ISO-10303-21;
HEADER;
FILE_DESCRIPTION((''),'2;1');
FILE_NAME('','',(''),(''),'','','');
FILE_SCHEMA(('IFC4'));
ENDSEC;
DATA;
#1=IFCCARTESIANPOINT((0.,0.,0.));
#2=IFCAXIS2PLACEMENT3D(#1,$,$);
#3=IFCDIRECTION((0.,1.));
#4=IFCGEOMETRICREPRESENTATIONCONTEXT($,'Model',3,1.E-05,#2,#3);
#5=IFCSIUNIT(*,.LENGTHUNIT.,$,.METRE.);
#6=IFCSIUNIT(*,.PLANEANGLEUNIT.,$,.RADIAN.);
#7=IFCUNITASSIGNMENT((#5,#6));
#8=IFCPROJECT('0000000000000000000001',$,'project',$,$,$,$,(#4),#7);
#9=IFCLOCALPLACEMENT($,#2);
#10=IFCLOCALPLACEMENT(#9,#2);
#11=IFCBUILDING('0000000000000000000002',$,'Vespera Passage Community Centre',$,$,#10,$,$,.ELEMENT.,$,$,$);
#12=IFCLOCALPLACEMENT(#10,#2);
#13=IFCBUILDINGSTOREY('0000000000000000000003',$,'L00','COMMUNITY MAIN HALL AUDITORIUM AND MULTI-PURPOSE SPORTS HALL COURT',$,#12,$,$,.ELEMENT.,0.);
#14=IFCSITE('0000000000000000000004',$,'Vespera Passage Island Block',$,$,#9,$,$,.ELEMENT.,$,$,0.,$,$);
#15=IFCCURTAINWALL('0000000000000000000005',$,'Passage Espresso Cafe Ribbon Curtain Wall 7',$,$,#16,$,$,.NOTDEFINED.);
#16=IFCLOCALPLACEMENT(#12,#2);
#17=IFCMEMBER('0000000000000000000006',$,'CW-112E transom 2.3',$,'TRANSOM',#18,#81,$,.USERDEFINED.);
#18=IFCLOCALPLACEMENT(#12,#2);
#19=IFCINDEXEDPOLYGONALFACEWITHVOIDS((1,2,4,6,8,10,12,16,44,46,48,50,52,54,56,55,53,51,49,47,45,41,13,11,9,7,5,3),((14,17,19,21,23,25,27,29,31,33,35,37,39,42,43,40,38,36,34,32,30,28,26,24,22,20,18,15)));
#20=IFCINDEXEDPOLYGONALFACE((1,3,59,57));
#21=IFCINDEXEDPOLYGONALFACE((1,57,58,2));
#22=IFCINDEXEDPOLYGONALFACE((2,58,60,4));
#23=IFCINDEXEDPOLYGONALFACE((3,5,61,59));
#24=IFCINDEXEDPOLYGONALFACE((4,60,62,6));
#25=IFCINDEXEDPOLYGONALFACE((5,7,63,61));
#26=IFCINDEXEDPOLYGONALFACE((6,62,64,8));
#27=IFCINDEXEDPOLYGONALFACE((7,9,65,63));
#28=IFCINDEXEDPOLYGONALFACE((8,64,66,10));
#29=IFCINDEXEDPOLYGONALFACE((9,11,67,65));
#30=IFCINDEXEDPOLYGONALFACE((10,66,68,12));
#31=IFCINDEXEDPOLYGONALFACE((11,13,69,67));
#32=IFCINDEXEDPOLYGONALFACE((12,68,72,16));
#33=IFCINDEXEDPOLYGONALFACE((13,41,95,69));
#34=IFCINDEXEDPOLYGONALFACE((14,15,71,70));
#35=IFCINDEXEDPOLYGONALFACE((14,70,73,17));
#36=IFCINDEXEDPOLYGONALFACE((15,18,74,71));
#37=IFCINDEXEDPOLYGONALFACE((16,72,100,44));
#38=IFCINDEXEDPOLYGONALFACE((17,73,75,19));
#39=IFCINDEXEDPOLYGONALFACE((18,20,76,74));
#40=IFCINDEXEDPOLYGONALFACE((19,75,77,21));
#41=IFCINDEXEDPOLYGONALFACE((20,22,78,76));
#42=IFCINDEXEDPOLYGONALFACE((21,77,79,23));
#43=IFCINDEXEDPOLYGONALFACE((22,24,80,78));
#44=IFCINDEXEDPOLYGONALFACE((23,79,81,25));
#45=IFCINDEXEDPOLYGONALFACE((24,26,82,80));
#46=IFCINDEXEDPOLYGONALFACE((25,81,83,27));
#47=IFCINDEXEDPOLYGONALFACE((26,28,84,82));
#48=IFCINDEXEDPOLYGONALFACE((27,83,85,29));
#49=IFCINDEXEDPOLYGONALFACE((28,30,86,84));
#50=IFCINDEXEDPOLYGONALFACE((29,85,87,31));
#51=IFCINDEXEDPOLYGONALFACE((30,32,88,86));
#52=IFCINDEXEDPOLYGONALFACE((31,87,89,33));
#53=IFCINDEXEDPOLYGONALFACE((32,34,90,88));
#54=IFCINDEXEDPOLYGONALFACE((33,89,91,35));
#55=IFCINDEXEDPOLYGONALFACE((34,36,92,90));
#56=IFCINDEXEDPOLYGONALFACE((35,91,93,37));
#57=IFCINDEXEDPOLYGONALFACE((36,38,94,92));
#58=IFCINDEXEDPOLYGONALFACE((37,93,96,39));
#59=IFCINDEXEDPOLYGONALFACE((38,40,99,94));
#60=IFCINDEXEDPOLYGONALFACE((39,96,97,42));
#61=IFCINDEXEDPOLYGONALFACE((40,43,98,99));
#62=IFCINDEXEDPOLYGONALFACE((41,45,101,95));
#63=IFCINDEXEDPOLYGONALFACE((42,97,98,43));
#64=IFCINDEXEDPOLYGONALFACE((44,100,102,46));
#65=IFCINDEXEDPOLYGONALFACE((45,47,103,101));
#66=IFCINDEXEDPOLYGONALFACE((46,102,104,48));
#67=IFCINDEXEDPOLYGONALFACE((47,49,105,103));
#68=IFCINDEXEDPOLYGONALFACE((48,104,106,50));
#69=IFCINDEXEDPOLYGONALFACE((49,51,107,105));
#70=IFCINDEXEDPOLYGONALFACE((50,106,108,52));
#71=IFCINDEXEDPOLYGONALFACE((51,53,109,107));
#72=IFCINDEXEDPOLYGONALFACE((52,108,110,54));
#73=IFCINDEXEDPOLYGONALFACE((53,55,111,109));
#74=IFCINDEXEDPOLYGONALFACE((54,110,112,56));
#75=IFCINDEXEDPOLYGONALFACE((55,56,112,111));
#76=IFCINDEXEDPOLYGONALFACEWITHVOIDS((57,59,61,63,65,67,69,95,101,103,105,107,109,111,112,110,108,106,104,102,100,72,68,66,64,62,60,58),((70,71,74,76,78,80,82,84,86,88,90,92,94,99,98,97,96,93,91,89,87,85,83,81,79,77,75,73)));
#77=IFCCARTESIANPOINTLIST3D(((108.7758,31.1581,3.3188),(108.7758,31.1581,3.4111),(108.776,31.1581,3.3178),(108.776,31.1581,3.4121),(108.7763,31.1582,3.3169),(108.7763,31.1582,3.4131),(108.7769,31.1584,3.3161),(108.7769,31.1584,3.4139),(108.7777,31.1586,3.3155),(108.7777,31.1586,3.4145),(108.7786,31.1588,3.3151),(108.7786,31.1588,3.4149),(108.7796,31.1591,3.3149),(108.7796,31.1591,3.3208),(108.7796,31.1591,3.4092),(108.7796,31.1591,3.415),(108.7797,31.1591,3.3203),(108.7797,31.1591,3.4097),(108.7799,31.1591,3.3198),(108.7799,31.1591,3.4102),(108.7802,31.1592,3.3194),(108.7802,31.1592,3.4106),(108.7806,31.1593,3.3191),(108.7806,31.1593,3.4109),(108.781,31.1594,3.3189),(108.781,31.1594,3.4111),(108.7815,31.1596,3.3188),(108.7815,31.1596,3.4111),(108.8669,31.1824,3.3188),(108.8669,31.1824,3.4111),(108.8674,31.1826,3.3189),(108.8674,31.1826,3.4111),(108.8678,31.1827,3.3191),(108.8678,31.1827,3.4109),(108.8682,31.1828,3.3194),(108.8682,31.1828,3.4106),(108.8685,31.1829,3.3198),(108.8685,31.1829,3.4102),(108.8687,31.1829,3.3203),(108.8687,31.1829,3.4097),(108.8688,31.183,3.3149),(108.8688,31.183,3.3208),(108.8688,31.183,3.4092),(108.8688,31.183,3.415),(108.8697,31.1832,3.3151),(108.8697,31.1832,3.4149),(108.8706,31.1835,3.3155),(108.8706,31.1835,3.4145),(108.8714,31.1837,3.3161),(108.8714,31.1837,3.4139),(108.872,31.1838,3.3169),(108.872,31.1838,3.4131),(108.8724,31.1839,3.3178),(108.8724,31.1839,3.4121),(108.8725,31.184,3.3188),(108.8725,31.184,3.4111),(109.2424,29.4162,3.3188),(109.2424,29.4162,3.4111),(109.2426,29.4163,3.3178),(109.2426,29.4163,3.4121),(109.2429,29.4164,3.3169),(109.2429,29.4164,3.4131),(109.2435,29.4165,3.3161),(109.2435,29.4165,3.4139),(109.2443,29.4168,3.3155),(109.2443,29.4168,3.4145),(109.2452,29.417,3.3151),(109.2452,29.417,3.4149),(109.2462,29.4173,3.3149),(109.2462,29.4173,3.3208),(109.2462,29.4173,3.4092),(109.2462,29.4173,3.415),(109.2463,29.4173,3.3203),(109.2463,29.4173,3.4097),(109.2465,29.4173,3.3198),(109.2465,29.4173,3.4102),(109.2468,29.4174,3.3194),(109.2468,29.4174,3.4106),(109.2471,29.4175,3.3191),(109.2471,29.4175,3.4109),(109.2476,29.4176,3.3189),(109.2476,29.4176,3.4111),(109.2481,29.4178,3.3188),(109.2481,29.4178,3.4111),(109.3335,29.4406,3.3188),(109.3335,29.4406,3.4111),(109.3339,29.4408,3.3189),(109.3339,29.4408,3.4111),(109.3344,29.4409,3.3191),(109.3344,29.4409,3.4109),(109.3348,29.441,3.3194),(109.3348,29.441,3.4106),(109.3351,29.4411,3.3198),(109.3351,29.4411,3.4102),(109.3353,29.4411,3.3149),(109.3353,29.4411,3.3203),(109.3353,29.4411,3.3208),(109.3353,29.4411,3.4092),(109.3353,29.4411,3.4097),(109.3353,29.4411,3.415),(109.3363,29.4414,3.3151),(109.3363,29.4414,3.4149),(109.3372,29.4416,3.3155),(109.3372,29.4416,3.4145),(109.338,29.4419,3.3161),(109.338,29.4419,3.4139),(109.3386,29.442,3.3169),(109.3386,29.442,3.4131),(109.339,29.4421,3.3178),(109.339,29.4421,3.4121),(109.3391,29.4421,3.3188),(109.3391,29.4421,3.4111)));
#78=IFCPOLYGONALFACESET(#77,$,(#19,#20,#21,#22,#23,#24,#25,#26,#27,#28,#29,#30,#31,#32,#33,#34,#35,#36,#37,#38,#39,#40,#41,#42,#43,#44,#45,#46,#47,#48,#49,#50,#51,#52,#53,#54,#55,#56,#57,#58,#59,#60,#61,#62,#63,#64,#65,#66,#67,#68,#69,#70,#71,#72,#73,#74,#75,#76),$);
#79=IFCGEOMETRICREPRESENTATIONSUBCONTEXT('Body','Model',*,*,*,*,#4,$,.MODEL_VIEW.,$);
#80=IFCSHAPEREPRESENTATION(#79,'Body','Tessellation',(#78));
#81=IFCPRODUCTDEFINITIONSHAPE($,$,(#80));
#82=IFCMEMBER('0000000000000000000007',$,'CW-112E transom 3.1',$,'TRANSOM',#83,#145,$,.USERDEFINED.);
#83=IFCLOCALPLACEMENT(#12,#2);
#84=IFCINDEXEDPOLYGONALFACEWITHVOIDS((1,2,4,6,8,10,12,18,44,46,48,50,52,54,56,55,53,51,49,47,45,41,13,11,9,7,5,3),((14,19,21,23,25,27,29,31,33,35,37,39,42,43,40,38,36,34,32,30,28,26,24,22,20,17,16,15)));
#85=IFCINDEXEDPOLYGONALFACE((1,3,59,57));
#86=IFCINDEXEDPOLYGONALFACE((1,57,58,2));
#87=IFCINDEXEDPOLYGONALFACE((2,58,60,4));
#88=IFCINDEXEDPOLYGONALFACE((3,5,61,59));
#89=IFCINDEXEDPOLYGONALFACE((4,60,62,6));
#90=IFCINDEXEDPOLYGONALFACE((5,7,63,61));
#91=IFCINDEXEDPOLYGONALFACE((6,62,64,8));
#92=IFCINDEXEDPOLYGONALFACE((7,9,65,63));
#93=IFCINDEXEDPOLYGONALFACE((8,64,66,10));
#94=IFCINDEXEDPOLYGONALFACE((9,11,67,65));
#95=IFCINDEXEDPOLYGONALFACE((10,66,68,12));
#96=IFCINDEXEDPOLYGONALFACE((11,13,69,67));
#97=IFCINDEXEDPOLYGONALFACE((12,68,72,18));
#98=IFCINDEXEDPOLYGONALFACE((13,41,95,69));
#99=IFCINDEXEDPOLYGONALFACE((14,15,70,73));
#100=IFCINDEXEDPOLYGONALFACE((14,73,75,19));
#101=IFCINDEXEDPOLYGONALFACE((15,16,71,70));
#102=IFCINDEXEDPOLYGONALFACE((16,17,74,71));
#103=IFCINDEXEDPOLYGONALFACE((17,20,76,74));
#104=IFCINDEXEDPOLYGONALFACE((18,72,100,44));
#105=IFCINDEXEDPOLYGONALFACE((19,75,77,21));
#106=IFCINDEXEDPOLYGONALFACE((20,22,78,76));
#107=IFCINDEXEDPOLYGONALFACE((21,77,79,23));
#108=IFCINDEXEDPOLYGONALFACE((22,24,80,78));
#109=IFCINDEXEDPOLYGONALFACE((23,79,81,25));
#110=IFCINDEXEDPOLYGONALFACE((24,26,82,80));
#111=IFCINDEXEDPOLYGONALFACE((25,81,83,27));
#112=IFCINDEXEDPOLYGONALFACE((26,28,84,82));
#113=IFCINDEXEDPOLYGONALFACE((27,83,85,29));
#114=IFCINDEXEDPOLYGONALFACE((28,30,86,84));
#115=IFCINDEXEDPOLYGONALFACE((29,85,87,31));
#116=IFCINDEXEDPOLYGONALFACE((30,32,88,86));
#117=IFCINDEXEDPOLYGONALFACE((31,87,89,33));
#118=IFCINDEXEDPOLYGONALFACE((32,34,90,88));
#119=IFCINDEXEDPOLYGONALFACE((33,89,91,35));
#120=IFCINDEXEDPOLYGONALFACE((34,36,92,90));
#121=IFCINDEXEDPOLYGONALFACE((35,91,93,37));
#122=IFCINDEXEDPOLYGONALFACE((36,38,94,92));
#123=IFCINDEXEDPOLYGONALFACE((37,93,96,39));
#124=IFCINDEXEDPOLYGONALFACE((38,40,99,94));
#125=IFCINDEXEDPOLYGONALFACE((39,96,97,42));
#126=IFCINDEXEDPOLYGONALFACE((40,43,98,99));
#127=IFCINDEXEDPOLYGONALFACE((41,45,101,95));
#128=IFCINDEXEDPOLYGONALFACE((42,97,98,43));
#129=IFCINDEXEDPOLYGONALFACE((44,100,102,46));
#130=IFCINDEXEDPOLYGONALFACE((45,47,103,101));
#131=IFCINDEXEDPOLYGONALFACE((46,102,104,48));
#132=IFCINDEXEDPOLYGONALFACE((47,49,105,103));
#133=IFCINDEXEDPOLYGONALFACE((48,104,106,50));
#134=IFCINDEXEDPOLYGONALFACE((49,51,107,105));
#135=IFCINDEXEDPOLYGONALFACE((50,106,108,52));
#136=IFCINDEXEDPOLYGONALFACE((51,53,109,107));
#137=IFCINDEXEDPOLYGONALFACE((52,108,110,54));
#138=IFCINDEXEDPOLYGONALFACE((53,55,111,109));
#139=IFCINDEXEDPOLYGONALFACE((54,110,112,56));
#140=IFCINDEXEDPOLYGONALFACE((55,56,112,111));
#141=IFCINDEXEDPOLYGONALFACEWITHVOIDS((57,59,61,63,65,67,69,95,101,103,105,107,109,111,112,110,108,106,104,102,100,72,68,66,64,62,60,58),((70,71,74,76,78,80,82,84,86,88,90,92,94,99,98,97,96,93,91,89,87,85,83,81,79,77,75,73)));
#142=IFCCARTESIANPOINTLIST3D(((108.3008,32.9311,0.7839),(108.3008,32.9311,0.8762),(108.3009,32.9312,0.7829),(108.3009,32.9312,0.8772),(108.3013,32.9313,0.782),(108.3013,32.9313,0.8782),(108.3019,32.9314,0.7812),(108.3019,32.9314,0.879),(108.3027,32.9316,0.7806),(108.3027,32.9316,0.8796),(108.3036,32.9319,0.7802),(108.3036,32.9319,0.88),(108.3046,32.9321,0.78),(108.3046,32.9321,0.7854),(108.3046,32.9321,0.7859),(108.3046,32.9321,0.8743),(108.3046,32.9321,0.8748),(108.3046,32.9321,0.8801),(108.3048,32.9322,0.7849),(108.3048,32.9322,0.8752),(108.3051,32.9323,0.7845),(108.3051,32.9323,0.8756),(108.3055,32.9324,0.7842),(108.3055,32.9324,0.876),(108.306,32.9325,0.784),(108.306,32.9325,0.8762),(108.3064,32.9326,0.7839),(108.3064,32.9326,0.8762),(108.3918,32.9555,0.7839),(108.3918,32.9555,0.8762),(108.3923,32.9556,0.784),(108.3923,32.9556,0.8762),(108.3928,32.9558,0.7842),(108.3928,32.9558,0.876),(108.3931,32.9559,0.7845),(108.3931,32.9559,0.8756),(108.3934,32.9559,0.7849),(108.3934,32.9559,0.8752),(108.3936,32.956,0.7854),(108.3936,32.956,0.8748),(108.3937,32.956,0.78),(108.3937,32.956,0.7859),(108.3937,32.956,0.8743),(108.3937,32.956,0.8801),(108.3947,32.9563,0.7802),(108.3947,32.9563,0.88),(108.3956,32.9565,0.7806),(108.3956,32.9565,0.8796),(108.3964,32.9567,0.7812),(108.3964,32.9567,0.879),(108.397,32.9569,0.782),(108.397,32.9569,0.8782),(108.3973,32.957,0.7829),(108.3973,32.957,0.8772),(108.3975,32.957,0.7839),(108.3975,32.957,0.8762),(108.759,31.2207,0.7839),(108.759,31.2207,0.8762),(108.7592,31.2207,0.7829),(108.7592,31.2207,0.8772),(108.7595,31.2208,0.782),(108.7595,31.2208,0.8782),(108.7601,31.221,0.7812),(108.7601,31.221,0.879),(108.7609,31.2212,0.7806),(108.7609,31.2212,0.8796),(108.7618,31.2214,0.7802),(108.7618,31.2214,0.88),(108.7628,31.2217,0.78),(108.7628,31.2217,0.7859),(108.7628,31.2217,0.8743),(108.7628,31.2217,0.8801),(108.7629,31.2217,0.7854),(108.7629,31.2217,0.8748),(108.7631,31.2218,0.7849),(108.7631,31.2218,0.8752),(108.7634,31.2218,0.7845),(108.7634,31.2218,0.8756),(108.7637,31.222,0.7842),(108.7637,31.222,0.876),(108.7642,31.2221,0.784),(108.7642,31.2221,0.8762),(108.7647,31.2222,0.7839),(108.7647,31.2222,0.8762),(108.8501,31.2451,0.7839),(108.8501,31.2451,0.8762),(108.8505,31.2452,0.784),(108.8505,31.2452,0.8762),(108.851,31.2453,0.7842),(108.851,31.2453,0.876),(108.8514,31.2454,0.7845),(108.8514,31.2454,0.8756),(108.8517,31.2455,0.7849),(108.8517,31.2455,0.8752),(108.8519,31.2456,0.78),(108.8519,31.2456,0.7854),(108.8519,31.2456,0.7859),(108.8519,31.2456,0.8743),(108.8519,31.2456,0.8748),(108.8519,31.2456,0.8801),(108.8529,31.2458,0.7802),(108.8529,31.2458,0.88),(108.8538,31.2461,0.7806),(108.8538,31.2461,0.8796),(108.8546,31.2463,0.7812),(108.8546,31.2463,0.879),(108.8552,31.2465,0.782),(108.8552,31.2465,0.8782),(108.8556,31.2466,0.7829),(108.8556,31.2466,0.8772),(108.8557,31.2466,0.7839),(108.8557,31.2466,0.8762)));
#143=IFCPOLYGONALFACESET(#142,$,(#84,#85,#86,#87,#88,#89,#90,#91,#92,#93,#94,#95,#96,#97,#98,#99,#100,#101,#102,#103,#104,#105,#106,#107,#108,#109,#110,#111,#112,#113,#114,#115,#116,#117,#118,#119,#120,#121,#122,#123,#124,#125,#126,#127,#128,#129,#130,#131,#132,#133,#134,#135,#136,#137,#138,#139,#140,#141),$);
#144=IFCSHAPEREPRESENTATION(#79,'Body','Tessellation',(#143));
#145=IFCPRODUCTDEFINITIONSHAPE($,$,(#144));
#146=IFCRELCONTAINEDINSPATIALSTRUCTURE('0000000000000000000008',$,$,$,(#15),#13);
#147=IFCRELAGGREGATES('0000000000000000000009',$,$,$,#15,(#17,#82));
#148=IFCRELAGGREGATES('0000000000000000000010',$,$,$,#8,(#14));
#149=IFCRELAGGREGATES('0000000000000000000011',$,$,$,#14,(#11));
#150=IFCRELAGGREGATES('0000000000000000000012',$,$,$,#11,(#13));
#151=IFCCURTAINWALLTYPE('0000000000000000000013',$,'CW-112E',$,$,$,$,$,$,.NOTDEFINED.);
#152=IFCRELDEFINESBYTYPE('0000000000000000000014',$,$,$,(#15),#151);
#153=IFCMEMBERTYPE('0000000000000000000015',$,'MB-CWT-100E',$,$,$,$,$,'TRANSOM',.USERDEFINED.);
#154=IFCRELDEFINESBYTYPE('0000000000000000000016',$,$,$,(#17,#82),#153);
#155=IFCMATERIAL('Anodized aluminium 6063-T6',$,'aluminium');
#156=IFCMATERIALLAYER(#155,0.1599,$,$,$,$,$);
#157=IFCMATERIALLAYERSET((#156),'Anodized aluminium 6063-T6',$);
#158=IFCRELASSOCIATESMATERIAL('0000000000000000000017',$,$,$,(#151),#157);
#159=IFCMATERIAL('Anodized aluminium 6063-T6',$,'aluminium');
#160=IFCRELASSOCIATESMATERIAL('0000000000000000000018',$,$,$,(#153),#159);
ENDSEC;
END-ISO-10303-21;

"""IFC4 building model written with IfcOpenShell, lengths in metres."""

from ifc_helpers import new_model, si_unit, direction, frame, origin, origin_2d, place, context, subcontext, project, spatial, hollow_rectangle, extrude, material, layer, layer_set, material_profile, profile_set, type_object, element, aggregate, save


model = new_model("IFC4")

# Units and contexts
model_context = context("Model", 3, precision=1e-05, world=origin(), true_north=direction((0.0, 1.0)))
body_context = subcontext(model_context, "Body", "Model", "MODEL_VIEW")
ifc_project = project(units=[si_unit("LENGTHUNIT", "METRE"), si_unit("PLANEANGLEUNIT", "RADIAN")], contexts=[model_context])

# Site, building, storey
site_placement = place(None, origin())
site = spatial("IfcSite", under=ifc_project, at=site_placement, Name="Vespera Passage Island Block", CompositionType="ELEMENT", RefElevation=0.0)
building_placement = place(site_placement, origin())
building = spatial("IfcBuilding", under=site, at=building_placement, Name="Vespera Passage Community Centre", CompositionType="ELEMENT")
storey_placement = place(building_placement, origin())
storey = spatial("IfcBuildingStorey", under=building, at=storey_placement, Name="L00", Description="COMMUNITY MAIN HALL AUDITORIUM AND MULTI-PURPOSE SPORTS HALL COURT", CompositionType="ELEMENT", Elevation=0.0)

# Curtain wall, members
ifc_material_1 = material(Name="Anodized aluminium 6063-T6", Category="aluminium")
ifc_layer_1 = layer(ifc_material_1, 0.1599)
ifc_layer_set_1 = layer_set([ifc_layer_1], Name="Anodized aluminium 6063-T6")
curtain_wall_type = type_object("IfcCurtainWallType", Name="CW-112E", PredefinedType="NOTDEFINED", material=ifc_layer_set_1)
curtain_wall_placement = place(storey_placement, origin())
curtain_wall = element("IfcCurtainWall", 1, at=curtain_wall_placement, inside=storey, type_object=curtain_wall_type, Name="Passage Espresso Cafe Ribbon Curtain Wall 7", PredefinedType="NOTDEFINED")
ifc_material_2 = material(Name="Anodized aluminium 6063-T6", Category="aluminium")
ifc_material_profile_1 = material_profile(ifc_material_2, hollow_rectangle(XDim=0.1001, YDim=0.1001, WallThickness=0.0039, InnerFilletRadius=0.002, OuterFilletRadius=0.0039, at=origin_2d()), Name="ALU100X100X4")
ifc_profile_set_1 = profile_set([ifc_material_profile_1], Name="Anodized aluminium 6063-T6")
member_type_1 = type_object("IfcMemberType", Name="MB-CWT-100E", ElementType="TRANSOM", PredefinedType="USERDEFINED", material=ifc_profile_set_1)
member_1_placement = place(storey_placement, frame((109.2908, 29.4292, 3.365), z_axis=(-0.25875, 0.965944, 0.0), x_axis=(-0.965944, -0.25875, 0.0)))
member_1 = element("IfcMember", 2, at=member_1_placement, type_object=member_type_1, Name="CW-112E transom 2.3", ObjectType="TRANSOM", PredefinedType="USERDEFINED", context=body_context, shape_type="SweptSolid", body=[
    extrude(hollow_rectangle(XDim=0.1001, YDim=0.1001, WallThickness=0.0039, InnerFilletRadius=0.002, OuterFilletRadius=0.0039, at=origin_2d()), origin(), (0.0, 0.0, 1.0), 1.8032),
])
member_2_placement = place(storey_placement, frame((108.8074, 31.2336, 0.8301), z_axis=(-0.258787, 0.965935, 0.0), x_axis=(-0.965935, -0.258787, 0.0)))
member_2 = element("IfcMember", 3, at=member_2_placement, type_object=member_type_1, Name="CW-112E transom 3.1", ObjectType="TRANSOM", PredefinedType="USERDEFINED", context=body_context, shape_type="SweptSolid", body=[
    extrude(hollow_rectangle(XDim=0.1001, YDim=0.1001, WallThickness=0.0039, InnerFilletRadius=0.002, OuterFilletRadius=0.0039, at=origin_2d()), origin(), (0.0, 0.0, 1.0), 1.7708),
])
aggregate(curtain_wall, [member_1, member_2])

save(model, "model.ifc")
